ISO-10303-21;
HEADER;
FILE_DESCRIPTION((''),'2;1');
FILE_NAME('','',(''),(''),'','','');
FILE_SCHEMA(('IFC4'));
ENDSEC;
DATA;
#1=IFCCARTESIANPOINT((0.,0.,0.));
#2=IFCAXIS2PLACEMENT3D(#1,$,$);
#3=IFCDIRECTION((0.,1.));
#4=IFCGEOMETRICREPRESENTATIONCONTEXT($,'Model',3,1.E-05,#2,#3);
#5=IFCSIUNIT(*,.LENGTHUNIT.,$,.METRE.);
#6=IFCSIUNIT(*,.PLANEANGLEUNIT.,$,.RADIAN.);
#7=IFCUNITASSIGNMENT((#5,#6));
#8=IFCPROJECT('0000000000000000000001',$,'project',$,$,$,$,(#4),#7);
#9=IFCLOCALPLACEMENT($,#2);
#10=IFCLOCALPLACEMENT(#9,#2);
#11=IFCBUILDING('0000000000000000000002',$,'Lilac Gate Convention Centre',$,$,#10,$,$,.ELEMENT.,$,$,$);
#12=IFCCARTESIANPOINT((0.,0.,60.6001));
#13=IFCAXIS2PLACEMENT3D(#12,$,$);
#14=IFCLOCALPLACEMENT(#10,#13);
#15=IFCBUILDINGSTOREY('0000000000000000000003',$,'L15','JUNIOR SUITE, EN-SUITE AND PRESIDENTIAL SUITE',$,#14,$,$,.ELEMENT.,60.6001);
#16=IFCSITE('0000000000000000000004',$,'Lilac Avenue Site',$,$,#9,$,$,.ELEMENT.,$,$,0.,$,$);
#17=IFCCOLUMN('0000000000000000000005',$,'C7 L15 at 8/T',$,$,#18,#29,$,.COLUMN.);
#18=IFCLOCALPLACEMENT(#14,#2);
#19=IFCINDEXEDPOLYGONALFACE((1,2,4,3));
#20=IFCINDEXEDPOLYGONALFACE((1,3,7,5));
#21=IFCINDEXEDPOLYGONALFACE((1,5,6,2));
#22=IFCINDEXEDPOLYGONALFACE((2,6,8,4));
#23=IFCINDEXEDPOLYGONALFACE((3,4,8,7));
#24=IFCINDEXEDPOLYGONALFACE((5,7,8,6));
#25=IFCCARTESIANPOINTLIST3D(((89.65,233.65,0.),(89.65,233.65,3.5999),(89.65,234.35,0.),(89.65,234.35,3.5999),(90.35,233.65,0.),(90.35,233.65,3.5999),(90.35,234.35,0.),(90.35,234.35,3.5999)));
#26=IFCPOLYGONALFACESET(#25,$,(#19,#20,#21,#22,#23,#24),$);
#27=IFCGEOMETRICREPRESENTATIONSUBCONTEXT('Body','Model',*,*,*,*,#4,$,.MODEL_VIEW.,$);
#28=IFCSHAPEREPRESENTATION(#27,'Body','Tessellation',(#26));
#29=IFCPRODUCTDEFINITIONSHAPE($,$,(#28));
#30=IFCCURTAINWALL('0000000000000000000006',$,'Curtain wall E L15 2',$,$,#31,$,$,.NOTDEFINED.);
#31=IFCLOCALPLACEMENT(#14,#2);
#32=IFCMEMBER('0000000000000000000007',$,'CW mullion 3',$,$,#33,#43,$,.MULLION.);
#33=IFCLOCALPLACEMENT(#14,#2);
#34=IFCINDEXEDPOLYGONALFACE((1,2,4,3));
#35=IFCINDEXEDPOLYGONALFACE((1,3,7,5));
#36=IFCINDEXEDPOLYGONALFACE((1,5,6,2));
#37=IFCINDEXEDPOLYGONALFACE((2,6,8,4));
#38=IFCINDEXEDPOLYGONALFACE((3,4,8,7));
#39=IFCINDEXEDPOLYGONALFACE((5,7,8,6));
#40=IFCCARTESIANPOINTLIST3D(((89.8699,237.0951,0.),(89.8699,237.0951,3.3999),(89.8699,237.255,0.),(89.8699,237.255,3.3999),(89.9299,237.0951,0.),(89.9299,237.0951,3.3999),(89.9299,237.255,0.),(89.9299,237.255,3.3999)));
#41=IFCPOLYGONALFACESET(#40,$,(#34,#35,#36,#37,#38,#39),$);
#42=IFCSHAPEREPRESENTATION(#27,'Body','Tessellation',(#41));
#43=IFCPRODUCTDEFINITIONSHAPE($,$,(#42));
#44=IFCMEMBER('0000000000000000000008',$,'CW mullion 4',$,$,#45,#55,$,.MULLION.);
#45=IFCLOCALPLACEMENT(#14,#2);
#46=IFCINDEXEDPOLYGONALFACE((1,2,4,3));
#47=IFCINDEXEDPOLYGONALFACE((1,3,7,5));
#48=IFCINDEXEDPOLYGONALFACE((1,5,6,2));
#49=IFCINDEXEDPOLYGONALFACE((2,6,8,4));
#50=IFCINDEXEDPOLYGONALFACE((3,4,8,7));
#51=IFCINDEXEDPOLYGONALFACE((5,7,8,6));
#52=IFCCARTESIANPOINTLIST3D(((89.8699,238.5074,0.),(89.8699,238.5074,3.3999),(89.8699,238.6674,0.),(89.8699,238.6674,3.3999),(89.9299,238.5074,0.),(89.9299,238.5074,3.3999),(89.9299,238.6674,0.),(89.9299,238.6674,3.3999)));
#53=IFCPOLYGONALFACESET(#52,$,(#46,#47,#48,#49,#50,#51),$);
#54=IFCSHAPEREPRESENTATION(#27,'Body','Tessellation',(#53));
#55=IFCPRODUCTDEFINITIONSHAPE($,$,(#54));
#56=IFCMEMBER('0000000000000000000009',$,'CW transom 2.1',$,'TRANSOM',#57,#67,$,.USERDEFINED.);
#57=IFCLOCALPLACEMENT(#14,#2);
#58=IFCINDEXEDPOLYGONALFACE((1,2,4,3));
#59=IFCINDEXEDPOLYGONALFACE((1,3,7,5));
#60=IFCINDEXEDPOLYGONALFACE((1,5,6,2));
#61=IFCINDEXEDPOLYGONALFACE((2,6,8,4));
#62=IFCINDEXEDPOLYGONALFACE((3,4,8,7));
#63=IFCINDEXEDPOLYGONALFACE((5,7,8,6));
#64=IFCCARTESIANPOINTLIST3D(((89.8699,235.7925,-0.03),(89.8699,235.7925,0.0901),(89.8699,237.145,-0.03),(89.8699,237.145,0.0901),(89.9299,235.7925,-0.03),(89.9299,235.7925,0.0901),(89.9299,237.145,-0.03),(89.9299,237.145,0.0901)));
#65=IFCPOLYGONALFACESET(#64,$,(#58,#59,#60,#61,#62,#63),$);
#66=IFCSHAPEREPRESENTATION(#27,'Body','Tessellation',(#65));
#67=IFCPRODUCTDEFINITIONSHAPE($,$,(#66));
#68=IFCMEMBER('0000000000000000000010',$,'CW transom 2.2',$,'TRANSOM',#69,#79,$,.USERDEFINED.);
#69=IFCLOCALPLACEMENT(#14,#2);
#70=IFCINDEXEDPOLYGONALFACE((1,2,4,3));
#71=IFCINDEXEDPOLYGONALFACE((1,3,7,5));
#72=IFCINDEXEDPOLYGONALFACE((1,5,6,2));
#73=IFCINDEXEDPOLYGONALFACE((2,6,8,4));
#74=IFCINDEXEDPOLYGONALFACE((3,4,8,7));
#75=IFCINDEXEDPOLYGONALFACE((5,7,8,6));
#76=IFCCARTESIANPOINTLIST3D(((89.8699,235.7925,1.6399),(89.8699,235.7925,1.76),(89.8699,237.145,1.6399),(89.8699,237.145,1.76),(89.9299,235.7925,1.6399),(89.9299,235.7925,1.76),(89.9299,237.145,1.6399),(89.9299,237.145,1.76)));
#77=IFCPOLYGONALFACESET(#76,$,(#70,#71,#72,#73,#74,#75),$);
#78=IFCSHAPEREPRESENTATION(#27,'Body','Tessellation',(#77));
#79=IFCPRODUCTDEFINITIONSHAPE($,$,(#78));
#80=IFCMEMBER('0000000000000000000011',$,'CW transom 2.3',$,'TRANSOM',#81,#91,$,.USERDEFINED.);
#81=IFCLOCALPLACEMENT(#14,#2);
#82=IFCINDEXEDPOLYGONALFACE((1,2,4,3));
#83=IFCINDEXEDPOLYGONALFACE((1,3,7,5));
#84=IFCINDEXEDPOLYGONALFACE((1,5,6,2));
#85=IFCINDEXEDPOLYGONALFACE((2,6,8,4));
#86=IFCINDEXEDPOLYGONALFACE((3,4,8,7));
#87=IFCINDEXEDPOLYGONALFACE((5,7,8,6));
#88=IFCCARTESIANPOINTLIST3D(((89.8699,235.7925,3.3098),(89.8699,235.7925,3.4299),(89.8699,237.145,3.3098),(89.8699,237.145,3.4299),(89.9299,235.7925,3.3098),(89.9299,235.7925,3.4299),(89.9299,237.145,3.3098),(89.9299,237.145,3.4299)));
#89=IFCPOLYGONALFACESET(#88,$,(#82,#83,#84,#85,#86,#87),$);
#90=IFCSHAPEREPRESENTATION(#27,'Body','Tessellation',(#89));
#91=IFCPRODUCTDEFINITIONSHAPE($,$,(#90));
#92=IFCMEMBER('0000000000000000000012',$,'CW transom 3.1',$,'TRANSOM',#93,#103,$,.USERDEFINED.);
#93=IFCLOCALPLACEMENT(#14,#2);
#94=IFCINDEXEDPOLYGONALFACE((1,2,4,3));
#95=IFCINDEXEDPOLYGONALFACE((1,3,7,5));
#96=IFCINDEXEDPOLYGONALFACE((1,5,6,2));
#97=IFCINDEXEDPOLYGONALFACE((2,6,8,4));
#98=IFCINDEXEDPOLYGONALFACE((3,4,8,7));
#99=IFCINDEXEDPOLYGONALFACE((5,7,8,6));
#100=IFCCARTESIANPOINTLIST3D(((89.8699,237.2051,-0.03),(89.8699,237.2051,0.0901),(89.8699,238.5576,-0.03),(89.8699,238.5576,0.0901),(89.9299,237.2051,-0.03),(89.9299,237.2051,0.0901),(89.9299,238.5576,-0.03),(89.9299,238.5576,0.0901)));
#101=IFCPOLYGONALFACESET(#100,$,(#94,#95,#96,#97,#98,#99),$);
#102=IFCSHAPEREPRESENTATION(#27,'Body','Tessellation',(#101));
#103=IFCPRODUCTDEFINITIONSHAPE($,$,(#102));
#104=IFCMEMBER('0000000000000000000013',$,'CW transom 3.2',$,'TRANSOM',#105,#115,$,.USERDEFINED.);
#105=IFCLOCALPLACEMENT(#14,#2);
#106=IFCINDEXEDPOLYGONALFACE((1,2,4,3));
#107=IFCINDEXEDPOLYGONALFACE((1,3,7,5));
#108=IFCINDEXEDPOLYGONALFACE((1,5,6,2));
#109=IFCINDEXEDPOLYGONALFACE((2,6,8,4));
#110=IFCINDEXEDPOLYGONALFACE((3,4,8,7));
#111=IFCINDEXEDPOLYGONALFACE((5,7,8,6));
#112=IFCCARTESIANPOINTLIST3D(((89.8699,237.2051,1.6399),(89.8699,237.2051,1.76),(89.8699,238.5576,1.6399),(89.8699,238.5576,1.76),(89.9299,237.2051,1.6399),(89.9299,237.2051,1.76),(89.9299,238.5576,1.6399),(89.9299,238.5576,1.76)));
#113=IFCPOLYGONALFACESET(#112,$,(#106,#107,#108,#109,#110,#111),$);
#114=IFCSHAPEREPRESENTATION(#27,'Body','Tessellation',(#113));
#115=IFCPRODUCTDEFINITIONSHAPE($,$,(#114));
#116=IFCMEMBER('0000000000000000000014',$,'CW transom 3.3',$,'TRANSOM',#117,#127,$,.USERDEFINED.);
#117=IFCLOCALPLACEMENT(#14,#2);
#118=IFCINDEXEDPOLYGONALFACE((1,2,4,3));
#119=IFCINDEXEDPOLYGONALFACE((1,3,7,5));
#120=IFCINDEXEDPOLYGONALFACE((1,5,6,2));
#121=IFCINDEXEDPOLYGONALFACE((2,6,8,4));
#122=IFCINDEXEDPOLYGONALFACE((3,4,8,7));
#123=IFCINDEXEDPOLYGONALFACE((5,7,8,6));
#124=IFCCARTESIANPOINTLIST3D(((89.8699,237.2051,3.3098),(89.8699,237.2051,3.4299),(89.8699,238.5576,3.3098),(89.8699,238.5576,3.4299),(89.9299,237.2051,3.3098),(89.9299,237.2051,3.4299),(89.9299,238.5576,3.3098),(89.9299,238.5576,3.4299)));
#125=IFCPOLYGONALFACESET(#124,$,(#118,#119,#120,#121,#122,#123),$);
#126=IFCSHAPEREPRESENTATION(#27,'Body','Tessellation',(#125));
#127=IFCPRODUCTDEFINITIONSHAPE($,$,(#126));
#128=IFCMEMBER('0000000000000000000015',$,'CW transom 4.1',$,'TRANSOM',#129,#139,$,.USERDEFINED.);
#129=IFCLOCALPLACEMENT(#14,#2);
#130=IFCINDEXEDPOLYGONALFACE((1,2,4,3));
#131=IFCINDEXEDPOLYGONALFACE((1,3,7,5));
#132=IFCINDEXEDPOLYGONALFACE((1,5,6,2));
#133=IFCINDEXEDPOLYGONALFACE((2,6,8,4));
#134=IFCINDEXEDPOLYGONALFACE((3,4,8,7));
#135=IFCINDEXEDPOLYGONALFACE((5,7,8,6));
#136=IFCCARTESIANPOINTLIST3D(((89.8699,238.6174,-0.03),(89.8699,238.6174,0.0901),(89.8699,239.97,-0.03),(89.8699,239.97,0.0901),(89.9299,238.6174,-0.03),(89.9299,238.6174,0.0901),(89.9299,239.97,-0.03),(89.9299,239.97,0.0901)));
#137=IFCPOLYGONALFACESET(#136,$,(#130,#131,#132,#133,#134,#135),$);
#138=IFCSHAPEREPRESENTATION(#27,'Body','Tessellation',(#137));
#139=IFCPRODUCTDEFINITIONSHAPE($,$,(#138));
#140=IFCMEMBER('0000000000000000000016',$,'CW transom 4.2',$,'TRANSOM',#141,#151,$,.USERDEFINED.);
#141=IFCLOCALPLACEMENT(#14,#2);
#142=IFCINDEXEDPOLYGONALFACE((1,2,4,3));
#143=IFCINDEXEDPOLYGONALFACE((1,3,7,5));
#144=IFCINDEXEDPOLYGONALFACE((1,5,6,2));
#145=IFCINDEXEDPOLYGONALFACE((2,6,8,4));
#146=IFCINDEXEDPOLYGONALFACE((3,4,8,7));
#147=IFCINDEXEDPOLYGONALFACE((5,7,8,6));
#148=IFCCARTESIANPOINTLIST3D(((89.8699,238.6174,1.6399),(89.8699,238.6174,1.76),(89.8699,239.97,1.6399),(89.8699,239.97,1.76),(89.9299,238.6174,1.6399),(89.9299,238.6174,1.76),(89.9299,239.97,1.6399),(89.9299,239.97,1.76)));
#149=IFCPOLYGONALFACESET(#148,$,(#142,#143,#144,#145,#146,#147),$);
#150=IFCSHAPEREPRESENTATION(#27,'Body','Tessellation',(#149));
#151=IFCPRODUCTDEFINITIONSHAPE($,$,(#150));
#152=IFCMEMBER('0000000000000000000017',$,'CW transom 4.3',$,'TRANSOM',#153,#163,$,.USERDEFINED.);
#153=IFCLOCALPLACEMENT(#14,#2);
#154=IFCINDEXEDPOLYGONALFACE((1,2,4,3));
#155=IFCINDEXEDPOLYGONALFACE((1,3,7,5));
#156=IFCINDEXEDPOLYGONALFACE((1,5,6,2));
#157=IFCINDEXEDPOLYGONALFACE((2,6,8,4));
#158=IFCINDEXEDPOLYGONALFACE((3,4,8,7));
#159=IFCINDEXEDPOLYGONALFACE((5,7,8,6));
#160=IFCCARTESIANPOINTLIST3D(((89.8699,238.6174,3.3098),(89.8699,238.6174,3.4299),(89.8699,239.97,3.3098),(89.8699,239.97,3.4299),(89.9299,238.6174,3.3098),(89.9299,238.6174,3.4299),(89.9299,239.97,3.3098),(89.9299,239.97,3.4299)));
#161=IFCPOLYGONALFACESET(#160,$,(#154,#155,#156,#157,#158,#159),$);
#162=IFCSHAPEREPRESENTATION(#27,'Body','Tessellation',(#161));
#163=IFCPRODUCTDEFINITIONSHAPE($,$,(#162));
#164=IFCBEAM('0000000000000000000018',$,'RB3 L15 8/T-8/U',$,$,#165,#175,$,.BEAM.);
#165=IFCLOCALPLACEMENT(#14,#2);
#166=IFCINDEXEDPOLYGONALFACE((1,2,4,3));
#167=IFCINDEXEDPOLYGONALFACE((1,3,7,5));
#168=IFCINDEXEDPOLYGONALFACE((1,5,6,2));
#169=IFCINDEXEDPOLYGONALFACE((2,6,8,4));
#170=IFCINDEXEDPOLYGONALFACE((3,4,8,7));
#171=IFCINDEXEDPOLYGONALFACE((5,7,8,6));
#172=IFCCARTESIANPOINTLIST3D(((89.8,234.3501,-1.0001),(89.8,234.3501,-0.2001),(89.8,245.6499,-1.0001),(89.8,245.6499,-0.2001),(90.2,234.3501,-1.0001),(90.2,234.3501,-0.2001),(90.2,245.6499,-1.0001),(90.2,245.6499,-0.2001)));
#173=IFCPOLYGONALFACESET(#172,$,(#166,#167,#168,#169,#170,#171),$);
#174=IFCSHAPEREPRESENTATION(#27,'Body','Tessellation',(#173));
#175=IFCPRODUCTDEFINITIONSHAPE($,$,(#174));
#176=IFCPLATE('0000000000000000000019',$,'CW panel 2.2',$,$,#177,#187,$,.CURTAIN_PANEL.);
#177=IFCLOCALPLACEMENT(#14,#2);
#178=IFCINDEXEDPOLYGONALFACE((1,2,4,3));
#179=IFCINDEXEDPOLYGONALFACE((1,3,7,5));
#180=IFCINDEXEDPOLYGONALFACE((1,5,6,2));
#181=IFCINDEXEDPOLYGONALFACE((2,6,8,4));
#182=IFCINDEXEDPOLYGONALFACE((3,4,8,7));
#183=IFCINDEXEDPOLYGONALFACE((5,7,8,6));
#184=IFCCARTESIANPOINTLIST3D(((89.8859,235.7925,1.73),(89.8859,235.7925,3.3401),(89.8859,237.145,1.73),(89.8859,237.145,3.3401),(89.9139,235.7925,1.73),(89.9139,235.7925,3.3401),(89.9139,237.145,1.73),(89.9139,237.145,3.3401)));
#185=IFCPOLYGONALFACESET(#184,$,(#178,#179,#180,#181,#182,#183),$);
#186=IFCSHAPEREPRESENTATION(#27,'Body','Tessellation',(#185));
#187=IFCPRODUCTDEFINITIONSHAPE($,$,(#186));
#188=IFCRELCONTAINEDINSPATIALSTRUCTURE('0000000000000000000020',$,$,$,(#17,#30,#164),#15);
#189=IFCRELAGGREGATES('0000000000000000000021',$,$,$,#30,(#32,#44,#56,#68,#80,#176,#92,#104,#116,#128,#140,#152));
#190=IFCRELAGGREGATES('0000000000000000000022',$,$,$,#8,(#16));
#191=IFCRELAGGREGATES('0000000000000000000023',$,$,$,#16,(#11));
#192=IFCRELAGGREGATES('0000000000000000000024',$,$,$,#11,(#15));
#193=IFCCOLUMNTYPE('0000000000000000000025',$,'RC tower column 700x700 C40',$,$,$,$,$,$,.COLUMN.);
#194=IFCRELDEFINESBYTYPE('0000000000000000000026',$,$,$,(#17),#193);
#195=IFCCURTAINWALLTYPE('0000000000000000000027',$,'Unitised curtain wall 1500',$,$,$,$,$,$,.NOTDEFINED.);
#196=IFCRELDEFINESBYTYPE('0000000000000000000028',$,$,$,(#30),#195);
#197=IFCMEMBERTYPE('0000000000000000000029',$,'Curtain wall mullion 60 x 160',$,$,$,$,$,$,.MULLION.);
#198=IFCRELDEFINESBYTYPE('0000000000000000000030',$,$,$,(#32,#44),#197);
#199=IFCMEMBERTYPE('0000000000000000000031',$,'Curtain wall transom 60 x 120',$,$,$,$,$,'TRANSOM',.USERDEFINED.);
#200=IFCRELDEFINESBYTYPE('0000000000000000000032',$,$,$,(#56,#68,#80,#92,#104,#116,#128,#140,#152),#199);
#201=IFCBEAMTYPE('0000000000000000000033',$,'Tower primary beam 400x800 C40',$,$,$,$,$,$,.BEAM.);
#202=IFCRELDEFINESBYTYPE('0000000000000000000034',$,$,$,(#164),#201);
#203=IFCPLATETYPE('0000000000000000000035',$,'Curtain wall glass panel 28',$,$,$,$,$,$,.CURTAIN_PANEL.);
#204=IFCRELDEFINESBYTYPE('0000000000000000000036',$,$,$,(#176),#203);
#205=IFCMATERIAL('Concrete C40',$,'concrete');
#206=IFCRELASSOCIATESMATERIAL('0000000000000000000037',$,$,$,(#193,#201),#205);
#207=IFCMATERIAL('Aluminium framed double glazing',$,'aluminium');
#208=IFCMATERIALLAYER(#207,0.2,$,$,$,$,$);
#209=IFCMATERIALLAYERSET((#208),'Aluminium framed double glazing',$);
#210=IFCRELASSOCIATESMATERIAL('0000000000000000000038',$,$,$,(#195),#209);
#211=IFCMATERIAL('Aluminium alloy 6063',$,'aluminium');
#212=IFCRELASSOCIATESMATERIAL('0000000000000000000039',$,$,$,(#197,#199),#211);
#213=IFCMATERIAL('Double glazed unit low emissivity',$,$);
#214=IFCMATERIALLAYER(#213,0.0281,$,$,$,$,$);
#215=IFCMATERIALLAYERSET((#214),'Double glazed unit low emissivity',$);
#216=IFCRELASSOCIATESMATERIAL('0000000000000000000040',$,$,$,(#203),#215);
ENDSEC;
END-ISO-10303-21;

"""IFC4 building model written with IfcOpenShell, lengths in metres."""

from ifc_helpers import new_model, si_unit, direction, frame, origin, origin_2d, place, context, subcontext, project, spatial, rectangle, extrude, material, layer, layer_set, material_profile, profile_set, type_object, element, aggregate, save


model = new_model("IFC4")

# Units and contexts
model_context = context("Model", 3, precision=1e-05, world=origin(), true_north=direction((0.0, 1.0)))
body_context = subcontext(model_context, "Body", "Model", "MODEL_VIEW")
ifc_project = project(units=[si_unit("LENGTHUNIT", "METRE"), si_unit("PLANEANGLEUNIT", "RADIAN")], contexts=[model_context])

# Site, building, storey
site_placement = place(None, origin())
site = spatial("IfcSite", under=ifc_project, at=site_placement, Name="Lilac Avenue Site", CompositionType="ELEMENT", RefElevation=0.0)
building_placement = place(site_placement, origin())
building = spatial("IfcBuilding", under=site, at=building_placement, Name="Lilac Gate Convention Centre", CompositionType="ELEMENT")
storey_placement = place(building_placement, frame((0.0, 0.0, 60.6001)))
storey = spatial("IfcBuildingStorey", under=building, at=storey_placement, Name="L15", Description="JUNIOR SUITE, EN-SUITE AND PRESIDENTIAL SUITE", CompositionType="ELEMENT", Elevation=60.6001)

# Column
ifc_material_1 = material(Name="Concrete C40", Category="concrete")
ifc_material_profile_1 = material_profile(ifc_material_1, rectangle(XDim=0.7, YDim=0.7, at=origin_2d()), Name="RC 700x700")
ifc_profile_set_1 = profile_set([ifc_material_profile_1], Name="Concrete C40")
column_type = type_object("IfcColumnType", Name="RC tower column 700x700 C40", PredefinedType="COLUMN", material=ifc_profile_set_1)
column_placement = place(storey_placement, frame((90.0, 234.0, 0.0), z_axis=(0.0, 0.0, 1.0), x_axis=(1.0, 0.0, 0.0)))
element("IfcColumn", 1, at=column_placement, inside=storey, type_object=column_type, Name="C7 L15 at 8/T", PredefinedType="COLUMN", context=body_context, shape_type="SweptSolid", body=[
    extrude(rectangle(XDim=0.7, YDim=0.7, at=origin_2d()), origin(), (0.0, 0.0, 1.0), 3.5999),
])

# Curtain wall, members
ifc_material_2 = material(Name="Aluminium framed double glazing", Category="aluminium")
ifc_layer_1 = layer(ifc_material_2, 0.2)
ifc_layer_set_1 = layer_set([ifc_layer_1], Name="Aluminium framed double glazing")
curtain_wall_type = type_object("IfcCurtainWallType", Name="Unitised curtain wall 1500", PredefinedType="NOTDEFINED", material=ifc_layer_set_1)
curtain_wall_placement = place(storey_placement, origin())
curtain_wall = element("IfcCurtainWall", 2, at=curtain_wall_placement, inside=storey, type_object=curtain_wall_type, Name="Curtain wall E L15 2", PredefinedType="NOTDEFINED")
ifc_material_3 = material(Name="Aluminium alloy 6063", Category="aluminium")
ifc_material_profile_2 = material_profile(ifc_material_3, rectangle(XDim=0.0601, YDim=0.1599, at=origin_2d()), Name="Curtain wall mullion 60 x 160")
ifc_profile_set_2 = profile_set([ifc_material_profile_2], Name="Aluminium alloy 6063")
member_type_1 = type_object("IfcMemberType", Name="Curtain wall mullion 60 x 160", PredefinedType="MULLION", material=ifc_profile_set_2)
member_1_placement = place(storey_placement, frame((89.8999, 237.175, 0.0), z_axis=(0.0, 0.0, 1.0), x_axis=(-1.0, 0.0, 0.0)))
member_1 = element("IfcMember", 3, at=member_1_placement, type_object=member_type_1, Name="CW mullion 3", PredefinedType="MULLION", context=body_context, shape_type="SweptSolid", body=[
    extrude(rectangle(XDim=0.0601, YDim=0.1599, at=origin_2d()), origin(), (0.0, 0.0, 1.0), 3.3999),
])
member_2_placement = place(storey_placement, frame((89.8999, 238.5874, 0.0), z_axis=(0.0, 0.0, 1.0), x_axis=(-1.0, 0.0, 0.0)))
member_2 = element("IfcMember", 4, at=member_2_placement, type_object=member_type_1, Name="CW mullion 4", PredefinedType="MULLION", context=body_context, shape_type="SweptSolid", body=[
    extrude(rectangle(XDim=0.0601, YDim=0.1599, at=origin_2d()), origin(), (0.0, 0.0, 1.0), 3.3999),
])
ifc_material_profile_3 = material_profile(ifc_material_3, rectangle(XDim=0.0601, YDim=0.1201, at=origin_2d()), Name="Curtain wall transom 60 x 120")
ifc_profile_set_3 = profile_set([ifc_material_profile_3], Name="Aluminium alloy 6063")
member_type_2 = type_object("IfcMemberType", Name="Curtain wall transom 60 x 120", ElementType="TRANSOM", PredefinedType="USERDEFINED", material=ifc_profile_set_3)
member_3_placement = place(storey_placement, frame((89.8999, 235.7925, 0.03), z_axis=(0.0, 1.0, 0.0), x_axis=(-1.0, 0.0, 0.0)))
member_3 = element("IfcMember", 5, at=member_3_placement, type_object=member_type_2, Name="CW transom 2.1", ObjectType="TRANSOM", PredefinedType="USERDEFINED", context=body_context, shape_type="SweptSolid", body=[
    extrude(rectangle(XDim=0.0601, YDim=0.1201, at=origin_2d()), origin(), (0.0, 0.0, 1.0), 1.3525),
])
member_4_placement = place(storey_placement, frame((89.8999, 235.7925, 1.7), z_axis=(0.0, 1.0, 0.0), x_axis=(-1.0, 0.0, 0.0)))
member_4 = element("IfcMember", 6, at=member_4_placement, type_object=member_type_2, Name="CW transom 2.2", ObjectType="TRANSOM", PredefinedType="USERDEFINED", context=body_context, shape_type="SweptSolid", body=[
    extrude(rectangle(XDim=0.0601, YDim=0.1201, at=origin_2d()), origin(), (0.0, 0.0, 1.0), 1.3525),
])
member_5_placement = place(storey_placement, frame((89.8999, 235.7925, 3.3699), z_axis=(0.0, 1.0, 0.0), x_axis=(-1.0, 0.0, 0.0)))
member_5 = element("IfcMember", 7, at=member_5_placement, type_object=member_type_2, Name="CW transom 2.3", ObjectType="TRANSOM", PredefinedType="USERDEFINED", context=body_context, shape_type="SweptSolid", body=[
    extrude(rectangle(XDim=0.0601, YDim=0.1201, at=origin_2d()), origin(), (0.0, 0.0, 1.0), 1.3525),
])
member_6_placement = place(storey_placement, frame((89.8999, 237.2051, 0.03), z_axis=(0.0, 1.0, 0.0), x_axis=(-1.0, 0.0, 0.0)))
member_6 = element("IfcMember", 8, at=member_6_placement, type_object=member_type_2, Name="CW transom 3.1", ObjectType="TRANSOM", PredefinedType="USERDEFINED", context=body_context, shape_type="SweptSolid", body=[
    extrude(rectangle(XDim=0.0601, YDim=0.1201, at=origin_2d()), origin(), (0.0, 0.0, 1.0), 1.3525),
])
member_7_placement = place(storey_placement, frame((89.8999, 237.2051, 1.7), z_axis=(0.0, 1.0, 0.0), x_axis=(-1.0, 0.0, 0.0)))
member_7 = element("IfcMember", 9, at=member_7_placement, type_object=member_type_2, Name="CW transom 3.2", ObjectType="TRANSOM", PredefinedType="USERDEFINED", context=body_context, shape_type="SweptSolid", body=[
    extrude(rectangle(XDim=0.0601, YDim=0.1201, at=origin_2d()), origin(), (0.0, 0.0, 1.0), 1.3525),
])
member_8_placement = place(storey_placement, frame((89.8999, 237.2051, 3.3699), z_axis=(0.0, 1.0, 0.0), x_axis=(-1.0, 0.0, 0.0)))
member_8 = element("IfcMember", 10, at=member_8_placement, type_object=member_type_2, Name="CW transom 3.3", ObjectType="TRANSOM", PredefinedType="USERDEFINED", context=body_context, shape_type="SweptSolid", body=[
    extrude(rectangle(XDim=0.0601, YDim=0.1201, at=origin_2d()), origin(), (0.0, 0.0, 1.0), 1.3525),
])
member_9_placement = place(storey_placement, frame((89.8999, 238.6174, 0.03), z_axis=(0.0, 1.0, 0.0), x_axis=(-1.0, 0.0, 0.0)))
member_9 = element("IfcMember", 11, at=member_9_placement, type_object=member_type_2, Name="CW transom 4.1", ObjectType="TRANSOM", PredefinedType="USERDEFINED", context=body_context, shape_type="SweptSolid", body=[
    extrude(rectangle(XDim=0.0601, YDim=0.1201, at=origin_2d()), origin(), (0.0, 0.0, 1.0), 1.3525),
])
member_10_placement = place(storey_placement, frame((89.8999, 238.6174, 1.7), z_axis=(0.0, 1.0, 0.0), x_axis=(-1.0, 0.0, 0.0)))
member_10 = element("IfcMember", 12, at=member_10_placement, type_object=member_type_2, Name="CW transom 4.2", ObjectType="TRANSOM", PredefinedType="USERDEFINED", context=body_context, shape_type="SweptSolid", body=[
    extrude(rectangle(XDim=0.0601, YDim=0.1201, at=origin_2d()), origin(), (0.0, 0.0, 1.0), 1.3525),
])
member_11_placement = place(storey_placement, frame((89.8999, 238.6174, 3.3699), z_axis=(0.0, 1.0, 0.0), x_axis=(-1.0, 0.0, 0.0)))
member_11 = element("IfcMember", 13, at=member_11_placement, type_object=member_type_2, Name="CW transom 4.3", ObjectType="TRANSOM", PredefinedType="USERDEFINED", context=body_context, shape_type="SweptSolid", body=[
    extrude(rectangle(XDim=0.0601, YDim=0.1201, at=origin_2d()), origin(), (0.0, 0.0, 1.0), 1.3525),
])

# Beam
ifc_material_profile_4 = material_profile(ifc_material_1, rectangle(XDim=0.3999, YDim=0.8, at=origin_2d()), Name="RC 400x800")
ifc_profile_set_4 = profile_set([ifc_material_profile_4], Name="Concrete C40")
beam_type = type_object("IfcBeamType", Name="Tower primary beam 400x800 C40", PredefinedType="BEAM", material=ifc_profile_set_4)
beam_placement = place(storey_placement, frame((90.0, 234.3501, -0.6001), z_axis=(0.0, 1.0, 0.0), x_axis=(-1.0, 0.0, 0.0)))
element("IfcBeam", 14, at=beam_placement, inside=storey, type_object=beam_type, Name="RB3 L15 8/T-8/U", PredefinedType="BEAM", context=body_context, shape_type="SweptSolid", body=[
    extrude(rectangle(XDim=0.3999, YDim=0.8, at=origin_2d()), origin(), (0.0, 0.0, 1.0), 11.2998),
])

# Plate
ifc_material_4 = material(Name="Double glazed unit low emissivity")
ifc_layer_2 = layer(ifc_material_4, 0.0281)
ifc_layer_set_2 = layer_set([ifc_layer_2], Name="Double glazed unit low emissivity")
plate_type_1 = type_object("IfcPlateType", Name="Curtain wall glass panel 28", PredefinedType="CURTAIN_PANEL", material=ifc_layer_set_2)
plate_1_placement = place(storey_placement, frame((89.8999, 236.4688, 1.73), z_axis=(0.0, 0.0, 1.0), x_axis=(0.0, 1.0, 0.0)))
plate_1 = element("IfcPlate", 15, at=plate_1_placement, type_object=plate_type_1, Name="CW panel 2.2", PredefinedType="CURTAIN_PANEL", context=body_context, shape_type="SweptSolid", body=[
    extrude(rectangle(XDim=1.3525, YDim=0.0281, at=origin_2d()), origin(), (0.0, 0.0, 1.0), 1.6101),
])
aggregate(curtain_wall, [member_1, member_2, member_3, member_4, member_5, plate_1, member_6, member_7, member_8, member_9, member_10, member_11])

save(model, "model.ifc")
